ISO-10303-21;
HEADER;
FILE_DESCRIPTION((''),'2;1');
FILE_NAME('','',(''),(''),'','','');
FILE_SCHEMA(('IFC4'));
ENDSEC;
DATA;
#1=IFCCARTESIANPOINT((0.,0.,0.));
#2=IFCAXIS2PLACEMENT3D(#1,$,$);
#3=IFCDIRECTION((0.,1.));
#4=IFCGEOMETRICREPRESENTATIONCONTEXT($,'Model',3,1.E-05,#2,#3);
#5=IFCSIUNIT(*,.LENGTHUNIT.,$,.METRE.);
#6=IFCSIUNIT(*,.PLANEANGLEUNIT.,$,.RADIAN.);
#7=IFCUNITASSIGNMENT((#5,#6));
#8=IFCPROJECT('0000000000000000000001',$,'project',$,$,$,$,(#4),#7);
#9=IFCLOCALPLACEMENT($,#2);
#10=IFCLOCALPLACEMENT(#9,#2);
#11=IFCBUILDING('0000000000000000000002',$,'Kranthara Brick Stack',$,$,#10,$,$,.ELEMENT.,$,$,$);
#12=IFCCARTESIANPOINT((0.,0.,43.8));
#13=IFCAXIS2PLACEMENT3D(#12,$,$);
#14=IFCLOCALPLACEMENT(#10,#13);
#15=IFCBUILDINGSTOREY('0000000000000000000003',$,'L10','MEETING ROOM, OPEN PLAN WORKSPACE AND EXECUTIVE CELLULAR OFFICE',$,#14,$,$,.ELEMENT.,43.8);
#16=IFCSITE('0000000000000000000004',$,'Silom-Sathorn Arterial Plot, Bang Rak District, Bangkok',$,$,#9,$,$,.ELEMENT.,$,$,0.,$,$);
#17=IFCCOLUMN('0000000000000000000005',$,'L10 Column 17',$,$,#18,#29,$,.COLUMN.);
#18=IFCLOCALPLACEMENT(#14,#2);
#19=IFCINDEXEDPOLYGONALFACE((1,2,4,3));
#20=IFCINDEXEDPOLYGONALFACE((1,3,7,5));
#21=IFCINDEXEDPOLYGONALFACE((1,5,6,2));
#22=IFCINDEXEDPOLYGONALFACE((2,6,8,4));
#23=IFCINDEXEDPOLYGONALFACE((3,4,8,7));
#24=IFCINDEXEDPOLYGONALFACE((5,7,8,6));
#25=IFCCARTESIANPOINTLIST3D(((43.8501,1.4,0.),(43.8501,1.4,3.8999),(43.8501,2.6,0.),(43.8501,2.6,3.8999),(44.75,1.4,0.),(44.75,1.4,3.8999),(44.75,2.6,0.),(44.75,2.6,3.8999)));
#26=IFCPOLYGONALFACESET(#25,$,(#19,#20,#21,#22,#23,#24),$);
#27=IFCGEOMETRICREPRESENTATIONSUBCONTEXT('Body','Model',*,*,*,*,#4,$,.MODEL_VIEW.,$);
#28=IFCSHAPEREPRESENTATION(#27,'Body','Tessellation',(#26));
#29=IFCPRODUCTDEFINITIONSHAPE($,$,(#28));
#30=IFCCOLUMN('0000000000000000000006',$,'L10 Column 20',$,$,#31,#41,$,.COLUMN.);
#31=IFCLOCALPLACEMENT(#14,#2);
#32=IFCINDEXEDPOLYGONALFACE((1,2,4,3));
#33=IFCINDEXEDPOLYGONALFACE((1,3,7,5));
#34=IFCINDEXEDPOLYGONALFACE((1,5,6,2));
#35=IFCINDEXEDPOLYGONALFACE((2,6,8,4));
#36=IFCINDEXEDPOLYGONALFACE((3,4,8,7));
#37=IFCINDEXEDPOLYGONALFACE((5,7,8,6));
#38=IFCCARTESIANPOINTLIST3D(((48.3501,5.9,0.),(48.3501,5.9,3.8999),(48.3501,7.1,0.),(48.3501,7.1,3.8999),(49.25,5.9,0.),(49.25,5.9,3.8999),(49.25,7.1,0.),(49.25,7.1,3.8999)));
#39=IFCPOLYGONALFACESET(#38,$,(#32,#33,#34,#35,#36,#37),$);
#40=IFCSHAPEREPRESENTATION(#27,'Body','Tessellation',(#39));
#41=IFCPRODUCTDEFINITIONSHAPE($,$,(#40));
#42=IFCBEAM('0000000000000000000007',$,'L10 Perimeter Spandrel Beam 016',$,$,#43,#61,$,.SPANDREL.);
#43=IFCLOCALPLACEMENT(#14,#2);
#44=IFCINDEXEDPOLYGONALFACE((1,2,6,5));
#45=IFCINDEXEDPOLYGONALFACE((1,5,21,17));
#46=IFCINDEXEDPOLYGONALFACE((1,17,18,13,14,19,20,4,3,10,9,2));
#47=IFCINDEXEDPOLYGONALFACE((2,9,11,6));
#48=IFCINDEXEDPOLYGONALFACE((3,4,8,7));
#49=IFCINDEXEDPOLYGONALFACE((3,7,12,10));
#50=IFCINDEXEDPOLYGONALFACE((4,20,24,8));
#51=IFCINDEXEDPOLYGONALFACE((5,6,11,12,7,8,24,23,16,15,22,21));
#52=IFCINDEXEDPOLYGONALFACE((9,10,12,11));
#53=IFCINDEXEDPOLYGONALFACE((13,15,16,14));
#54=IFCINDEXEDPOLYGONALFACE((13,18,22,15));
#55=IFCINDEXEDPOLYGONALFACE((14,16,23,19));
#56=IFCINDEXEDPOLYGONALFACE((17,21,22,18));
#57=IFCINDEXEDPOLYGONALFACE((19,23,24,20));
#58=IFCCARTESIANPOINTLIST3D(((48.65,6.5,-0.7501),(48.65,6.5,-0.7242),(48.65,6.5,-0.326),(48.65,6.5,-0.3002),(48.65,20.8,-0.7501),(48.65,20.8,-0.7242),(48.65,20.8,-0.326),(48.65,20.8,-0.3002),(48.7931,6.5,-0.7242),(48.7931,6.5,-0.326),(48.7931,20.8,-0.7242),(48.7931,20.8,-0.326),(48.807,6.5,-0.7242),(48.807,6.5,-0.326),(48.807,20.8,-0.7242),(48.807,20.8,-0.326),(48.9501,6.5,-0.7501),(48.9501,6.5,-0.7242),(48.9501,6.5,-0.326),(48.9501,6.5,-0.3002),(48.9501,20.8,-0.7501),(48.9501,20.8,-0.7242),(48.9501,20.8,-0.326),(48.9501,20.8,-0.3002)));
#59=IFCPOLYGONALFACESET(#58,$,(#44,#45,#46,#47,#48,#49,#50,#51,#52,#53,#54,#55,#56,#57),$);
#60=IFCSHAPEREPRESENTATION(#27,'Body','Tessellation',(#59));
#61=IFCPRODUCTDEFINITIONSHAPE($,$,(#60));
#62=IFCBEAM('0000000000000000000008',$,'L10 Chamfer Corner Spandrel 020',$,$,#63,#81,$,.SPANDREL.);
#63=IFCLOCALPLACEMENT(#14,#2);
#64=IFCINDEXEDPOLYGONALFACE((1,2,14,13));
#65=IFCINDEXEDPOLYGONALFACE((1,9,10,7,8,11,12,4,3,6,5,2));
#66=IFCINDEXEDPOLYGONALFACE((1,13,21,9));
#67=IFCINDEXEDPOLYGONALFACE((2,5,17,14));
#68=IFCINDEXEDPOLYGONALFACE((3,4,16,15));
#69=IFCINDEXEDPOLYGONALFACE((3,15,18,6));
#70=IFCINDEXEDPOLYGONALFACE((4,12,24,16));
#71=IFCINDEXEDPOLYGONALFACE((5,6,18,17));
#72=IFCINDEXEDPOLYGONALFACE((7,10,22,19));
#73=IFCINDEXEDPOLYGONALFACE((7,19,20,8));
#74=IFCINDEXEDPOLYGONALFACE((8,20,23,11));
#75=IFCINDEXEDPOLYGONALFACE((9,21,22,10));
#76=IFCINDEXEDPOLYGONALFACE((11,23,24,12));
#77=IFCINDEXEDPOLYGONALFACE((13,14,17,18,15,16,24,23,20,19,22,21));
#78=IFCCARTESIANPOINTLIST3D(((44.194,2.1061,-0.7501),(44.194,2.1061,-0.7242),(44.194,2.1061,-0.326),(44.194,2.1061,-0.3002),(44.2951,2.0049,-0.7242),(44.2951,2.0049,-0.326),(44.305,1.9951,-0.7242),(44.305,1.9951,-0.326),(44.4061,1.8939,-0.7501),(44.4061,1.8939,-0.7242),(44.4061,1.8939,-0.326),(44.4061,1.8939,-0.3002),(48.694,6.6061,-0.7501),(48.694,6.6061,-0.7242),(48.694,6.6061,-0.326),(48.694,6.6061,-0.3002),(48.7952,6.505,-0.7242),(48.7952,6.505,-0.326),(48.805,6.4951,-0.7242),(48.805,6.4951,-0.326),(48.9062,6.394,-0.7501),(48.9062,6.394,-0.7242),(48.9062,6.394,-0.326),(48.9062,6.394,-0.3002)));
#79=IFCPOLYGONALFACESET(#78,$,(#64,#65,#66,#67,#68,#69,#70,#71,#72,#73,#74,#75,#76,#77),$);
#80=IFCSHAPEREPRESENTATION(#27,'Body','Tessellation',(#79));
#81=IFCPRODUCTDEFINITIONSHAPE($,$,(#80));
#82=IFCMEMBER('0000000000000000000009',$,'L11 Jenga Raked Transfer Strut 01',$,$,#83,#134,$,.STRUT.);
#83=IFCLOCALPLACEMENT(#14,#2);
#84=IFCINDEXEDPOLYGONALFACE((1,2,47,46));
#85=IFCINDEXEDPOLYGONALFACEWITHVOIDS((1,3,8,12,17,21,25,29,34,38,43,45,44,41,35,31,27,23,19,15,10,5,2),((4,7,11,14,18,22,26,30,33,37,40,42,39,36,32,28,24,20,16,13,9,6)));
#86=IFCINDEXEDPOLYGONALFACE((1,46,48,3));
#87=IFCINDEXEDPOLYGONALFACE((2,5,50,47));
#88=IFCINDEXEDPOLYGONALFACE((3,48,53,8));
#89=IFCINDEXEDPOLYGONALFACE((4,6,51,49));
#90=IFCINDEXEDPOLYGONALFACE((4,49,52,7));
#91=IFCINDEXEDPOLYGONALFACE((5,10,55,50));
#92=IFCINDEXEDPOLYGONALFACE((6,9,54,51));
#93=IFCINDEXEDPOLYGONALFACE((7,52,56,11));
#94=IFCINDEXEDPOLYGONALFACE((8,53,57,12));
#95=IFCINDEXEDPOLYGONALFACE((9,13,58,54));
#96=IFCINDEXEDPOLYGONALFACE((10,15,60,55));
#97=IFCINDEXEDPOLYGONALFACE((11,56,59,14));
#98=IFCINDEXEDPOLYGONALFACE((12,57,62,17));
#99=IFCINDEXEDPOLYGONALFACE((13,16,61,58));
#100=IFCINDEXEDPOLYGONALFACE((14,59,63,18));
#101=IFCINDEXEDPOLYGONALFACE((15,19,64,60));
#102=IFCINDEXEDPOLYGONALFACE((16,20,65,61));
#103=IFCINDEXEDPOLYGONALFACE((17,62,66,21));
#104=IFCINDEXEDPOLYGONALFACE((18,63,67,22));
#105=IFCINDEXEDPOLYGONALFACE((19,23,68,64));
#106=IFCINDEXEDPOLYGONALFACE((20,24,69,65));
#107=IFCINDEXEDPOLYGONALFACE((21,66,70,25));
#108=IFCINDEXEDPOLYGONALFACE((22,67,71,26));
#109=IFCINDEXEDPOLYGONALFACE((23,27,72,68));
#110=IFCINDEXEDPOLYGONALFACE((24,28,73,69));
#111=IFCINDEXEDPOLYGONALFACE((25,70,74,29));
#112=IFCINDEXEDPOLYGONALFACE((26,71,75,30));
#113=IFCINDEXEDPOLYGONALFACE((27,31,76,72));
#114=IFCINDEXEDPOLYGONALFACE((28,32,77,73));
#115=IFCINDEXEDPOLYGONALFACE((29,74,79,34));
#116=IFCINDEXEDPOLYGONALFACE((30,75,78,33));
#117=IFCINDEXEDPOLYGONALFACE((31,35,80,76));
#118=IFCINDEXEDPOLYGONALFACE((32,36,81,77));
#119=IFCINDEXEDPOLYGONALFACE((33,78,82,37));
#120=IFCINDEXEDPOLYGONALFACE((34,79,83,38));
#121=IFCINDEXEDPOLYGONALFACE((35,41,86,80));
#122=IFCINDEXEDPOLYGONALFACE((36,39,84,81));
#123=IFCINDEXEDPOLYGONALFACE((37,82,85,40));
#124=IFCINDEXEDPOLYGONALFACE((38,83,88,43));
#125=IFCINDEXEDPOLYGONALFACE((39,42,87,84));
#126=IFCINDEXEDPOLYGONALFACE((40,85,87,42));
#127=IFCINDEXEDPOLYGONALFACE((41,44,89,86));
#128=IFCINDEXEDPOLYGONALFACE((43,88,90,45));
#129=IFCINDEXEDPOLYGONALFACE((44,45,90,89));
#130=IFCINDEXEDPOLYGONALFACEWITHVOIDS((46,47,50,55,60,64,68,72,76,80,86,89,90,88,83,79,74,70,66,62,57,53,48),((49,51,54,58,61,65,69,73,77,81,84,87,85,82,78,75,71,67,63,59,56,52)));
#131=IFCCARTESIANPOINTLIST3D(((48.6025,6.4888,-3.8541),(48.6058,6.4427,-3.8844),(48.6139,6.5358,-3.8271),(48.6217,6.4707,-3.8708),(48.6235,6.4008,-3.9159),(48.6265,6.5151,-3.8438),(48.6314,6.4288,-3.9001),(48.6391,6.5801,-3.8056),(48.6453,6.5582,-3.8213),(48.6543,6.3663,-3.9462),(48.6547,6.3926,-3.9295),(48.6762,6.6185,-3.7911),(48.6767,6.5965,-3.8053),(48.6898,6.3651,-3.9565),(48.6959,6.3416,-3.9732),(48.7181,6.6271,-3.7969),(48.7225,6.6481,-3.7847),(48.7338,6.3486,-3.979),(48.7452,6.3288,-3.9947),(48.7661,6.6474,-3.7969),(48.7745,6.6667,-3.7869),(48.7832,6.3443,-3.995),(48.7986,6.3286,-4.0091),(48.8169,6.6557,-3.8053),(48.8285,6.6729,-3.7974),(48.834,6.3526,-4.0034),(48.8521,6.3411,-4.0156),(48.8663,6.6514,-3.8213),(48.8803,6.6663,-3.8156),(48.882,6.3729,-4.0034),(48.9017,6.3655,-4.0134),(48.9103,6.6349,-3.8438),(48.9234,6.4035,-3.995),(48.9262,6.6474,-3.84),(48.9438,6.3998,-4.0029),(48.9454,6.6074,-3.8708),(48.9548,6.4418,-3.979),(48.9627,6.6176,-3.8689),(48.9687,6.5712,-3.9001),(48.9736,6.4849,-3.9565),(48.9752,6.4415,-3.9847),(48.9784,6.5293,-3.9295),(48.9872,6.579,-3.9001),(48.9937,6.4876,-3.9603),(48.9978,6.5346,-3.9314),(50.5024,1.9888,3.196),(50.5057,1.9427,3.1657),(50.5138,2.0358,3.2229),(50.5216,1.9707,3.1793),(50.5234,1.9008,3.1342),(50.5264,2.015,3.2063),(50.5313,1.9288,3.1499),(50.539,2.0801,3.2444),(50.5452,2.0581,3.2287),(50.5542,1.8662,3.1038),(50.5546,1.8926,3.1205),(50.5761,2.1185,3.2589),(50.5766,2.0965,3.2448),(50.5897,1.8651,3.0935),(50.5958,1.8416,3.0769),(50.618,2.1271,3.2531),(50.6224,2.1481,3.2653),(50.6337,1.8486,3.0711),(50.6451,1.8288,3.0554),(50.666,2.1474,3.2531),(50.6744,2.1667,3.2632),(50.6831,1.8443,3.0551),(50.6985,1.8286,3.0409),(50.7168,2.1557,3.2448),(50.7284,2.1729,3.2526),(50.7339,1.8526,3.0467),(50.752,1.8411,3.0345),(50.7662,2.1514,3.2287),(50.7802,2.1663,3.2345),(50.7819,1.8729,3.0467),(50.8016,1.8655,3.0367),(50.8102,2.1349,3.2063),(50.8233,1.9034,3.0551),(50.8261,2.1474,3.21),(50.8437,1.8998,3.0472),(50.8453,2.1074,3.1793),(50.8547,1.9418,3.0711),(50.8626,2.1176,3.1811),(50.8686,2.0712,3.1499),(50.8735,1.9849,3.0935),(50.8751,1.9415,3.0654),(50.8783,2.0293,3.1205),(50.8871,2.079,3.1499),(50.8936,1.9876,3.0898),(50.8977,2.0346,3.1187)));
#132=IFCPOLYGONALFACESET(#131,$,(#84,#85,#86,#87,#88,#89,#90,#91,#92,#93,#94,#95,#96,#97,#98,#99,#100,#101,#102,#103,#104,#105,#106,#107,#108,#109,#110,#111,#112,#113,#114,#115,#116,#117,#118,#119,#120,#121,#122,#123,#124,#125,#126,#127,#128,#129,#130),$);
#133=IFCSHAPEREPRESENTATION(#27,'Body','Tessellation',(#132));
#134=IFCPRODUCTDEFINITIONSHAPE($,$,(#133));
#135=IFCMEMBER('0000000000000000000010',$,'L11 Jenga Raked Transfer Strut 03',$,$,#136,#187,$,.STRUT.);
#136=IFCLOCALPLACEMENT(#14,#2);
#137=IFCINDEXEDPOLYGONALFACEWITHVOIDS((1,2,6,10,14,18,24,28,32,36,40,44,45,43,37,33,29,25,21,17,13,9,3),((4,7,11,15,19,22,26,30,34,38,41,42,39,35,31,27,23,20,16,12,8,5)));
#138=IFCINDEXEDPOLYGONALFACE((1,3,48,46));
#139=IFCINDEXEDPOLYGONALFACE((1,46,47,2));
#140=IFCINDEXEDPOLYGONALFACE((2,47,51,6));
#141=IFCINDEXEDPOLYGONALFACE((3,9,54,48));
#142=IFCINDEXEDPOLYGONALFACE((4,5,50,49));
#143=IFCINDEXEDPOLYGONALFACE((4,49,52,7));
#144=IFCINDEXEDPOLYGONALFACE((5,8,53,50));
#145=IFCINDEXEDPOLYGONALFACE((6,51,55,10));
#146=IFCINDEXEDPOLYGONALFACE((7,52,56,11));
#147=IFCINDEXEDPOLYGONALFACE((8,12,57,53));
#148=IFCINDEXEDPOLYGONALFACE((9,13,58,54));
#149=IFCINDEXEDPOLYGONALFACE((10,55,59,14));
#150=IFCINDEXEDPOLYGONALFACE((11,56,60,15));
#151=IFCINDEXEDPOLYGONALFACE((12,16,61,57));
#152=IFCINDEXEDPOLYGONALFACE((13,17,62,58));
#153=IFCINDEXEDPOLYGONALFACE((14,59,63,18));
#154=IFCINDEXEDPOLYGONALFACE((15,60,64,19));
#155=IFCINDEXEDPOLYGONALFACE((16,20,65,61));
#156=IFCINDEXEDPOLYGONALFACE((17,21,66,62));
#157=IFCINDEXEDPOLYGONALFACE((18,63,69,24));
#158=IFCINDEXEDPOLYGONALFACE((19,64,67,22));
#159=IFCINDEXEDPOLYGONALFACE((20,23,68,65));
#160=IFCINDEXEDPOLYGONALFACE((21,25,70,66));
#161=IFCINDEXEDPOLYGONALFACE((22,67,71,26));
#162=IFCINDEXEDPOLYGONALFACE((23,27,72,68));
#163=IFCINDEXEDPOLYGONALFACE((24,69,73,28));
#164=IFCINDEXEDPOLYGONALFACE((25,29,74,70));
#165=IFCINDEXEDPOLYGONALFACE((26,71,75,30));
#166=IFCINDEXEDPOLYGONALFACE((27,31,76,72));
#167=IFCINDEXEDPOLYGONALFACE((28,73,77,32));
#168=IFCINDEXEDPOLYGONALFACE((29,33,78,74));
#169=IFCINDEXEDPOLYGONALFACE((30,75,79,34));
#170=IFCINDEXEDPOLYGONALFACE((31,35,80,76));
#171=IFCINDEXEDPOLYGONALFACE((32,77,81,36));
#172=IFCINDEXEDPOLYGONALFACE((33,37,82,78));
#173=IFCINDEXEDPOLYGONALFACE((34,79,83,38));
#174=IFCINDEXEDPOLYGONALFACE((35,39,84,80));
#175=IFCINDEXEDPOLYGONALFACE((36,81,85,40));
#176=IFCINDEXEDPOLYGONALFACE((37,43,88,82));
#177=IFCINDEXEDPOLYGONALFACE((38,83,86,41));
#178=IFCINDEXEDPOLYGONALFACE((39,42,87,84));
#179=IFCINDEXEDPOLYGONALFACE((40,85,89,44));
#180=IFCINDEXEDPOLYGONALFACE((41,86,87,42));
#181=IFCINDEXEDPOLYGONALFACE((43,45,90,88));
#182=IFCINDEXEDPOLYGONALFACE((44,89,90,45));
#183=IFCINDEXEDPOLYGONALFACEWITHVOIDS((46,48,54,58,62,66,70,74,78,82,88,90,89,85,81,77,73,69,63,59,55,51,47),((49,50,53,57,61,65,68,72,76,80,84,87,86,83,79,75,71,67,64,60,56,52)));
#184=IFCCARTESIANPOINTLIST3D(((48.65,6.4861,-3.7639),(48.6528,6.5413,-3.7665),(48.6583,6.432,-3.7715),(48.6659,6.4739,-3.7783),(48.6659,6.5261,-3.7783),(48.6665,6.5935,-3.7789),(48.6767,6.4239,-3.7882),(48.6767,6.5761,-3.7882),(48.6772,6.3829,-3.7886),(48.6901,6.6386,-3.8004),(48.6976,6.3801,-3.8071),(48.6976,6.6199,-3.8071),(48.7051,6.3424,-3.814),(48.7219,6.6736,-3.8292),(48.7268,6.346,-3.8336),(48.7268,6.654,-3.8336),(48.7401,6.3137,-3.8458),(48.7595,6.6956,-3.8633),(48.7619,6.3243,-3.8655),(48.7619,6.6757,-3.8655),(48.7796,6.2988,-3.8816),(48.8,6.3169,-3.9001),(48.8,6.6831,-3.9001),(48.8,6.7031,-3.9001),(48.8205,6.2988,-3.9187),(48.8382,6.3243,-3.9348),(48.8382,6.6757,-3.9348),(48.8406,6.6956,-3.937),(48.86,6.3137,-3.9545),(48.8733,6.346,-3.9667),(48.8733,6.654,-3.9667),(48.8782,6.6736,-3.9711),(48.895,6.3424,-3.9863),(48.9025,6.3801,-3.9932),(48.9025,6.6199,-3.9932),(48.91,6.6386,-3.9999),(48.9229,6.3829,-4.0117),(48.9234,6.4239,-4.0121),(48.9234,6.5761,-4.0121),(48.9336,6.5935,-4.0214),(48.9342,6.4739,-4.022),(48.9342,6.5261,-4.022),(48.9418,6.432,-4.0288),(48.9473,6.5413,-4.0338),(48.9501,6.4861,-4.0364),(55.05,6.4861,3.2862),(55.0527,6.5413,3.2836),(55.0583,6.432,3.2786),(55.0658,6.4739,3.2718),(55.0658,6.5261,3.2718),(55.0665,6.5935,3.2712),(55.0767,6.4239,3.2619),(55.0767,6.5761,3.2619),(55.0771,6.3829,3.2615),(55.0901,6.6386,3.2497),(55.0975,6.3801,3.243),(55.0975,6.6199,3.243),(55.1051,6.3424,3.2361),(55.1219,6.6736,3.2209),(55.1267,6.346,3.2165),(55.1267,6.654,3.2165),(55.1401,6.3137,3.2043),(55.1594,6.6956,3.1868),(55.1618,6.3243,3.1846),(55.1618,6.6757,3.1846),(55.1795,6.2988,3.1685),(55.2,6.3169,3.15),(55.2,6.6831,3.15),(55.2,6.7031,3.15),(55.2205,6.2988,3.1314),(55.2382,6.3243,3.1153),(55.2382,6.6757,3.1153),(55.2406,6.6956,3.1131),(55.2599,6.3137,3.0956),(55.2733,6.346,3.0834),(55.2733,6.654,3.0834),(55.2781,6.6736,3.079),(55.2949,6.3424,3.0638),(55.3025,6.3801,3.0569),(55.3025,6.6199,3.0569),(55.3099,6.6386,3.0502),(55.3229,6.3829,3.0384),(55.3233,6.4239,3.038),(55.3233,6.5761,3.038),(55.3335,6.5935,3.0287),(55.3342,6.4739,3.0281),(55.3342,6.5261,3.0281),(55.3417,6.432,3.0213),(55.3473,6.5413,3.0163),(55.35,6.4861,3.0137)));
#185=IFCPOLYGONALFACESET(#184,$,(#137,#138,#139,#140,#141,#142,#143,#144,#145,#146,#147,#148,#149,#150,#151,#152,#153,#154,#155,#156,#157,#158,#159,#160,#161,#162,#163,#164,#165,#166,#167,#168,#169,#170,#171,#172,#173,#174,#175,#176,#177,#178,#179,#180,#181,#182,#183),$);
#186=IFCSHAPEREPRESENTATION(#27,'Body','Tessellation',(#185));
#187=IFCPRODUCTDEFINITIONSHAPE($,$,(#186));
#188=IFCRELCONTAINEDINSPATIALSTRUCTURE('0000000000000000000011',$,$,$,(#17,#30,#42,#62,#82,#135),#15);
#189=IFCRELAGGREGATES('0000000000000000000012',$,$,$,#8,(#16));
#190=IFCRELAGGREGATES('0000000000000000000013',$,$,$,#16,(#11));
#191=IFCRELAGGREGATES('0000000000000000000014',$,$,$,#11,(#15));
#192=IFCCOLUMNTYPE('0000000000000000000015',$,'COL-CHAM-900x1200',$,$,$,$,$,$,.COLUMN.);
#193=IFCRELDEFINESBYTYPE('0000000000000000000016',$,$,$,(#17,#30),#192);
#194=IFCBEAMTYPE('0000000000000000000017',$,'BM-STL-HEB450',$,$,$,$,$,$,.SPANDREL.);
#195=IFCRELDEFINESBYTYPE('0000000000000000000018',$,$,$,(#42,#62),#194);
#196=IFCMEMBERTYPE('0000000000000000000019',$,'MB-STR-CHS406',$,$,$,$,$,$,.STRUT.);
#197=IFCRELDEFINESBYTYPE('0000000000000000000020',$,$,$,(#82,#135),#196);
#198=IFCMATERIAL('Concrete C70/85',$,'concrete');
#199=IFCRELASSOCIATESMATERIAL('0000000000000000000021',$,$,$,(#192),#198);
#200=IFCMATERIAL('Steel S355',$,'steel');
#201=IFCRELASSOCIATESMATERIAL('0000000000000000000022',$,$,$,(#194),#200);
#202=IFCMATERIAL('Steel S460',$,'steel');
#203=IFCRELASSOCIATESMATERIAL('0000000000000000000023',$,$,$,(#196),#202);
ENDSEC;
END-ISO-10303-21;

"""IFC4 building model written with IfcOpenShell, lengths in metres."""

from ifc_helpers import new_model, si_unit, direction, frame, origin, origin_2d, place, context, subcontext, project, spatial, rectangle, hollow_circle, i_section, extrude, material, material_profile, profile_set, type_object, element, save


model = new_model("IFC4")

# Units and contexts
model_context = context("Model", 3, precision=1e-05, world=origin(), true_north=direction((0.0, 1.0)))
body_context = subcontext(model_context, "Body", "Model", "MODEL_VIEW")
ifc_project = project(units=[si_unit("LENGTHUNIT", "METRE"), si_unit("PLANEANGLEUNIT", "RADIAN")], contexts=[model_context])

# Site, building, storey
site_placement = place(None, origin())
site = spatial("IfcSite", under=ifc_project, at=site_placement, Name="Silom-Sathorn Arterial Plot, Bang Rak District, Bangkok", CompositionType="ELEMENT", RefElevation=0.0)
building_placement = place(site_placement, origin())
building = spatial("IfcBuilding", under=site, at=building_placement, Name="Kranthara Brick Stack", CompositionType="ELEMENT")
storey_placement = place(building_placement, frame((0.0, 0.0, 43.8)))
storey = spatial("IfcBuildingStorey", under=building, at=storey_placement, Name="L10", Description="MEETING ROOM, OPEN PLAN WORKSPACE AND EXECUTIVE CELLULAR OFFICE", CompositionType="ELEMENT", Elevation=43.8)

# Columns
ifc_material_1 = material(Name="Concrete C70/85", Category="concrete")
ifc_material_profile_1 = material_profile(ifc_material_1, rectangle(XDim=0.8999, YDim=1.2, at=origin_2d()), Name="RC 900x1200")
ifc_profile_set_1 = profile_set([ifc_material_profile_1], Name="Concrete C70/85")
column_type = type_object("IfcColumnType", Name="COL-CHAM-900x1200", PredefinedType="COLUMN", material=ifc_profile_set_1)
for number, where, z_axis, x_axis, name in (
    (1, (44.3, 2.0, 0.0), (0.0, 0.0, 1.0), (1.0, 0.0, 0.0), "L10 Column 17"),
    (2, (48.8, 6.5, 0.0), (0.0, 0.0, 1.0), (1.0, 0.0, 0.0), "L10 Column 20"),
):
    element("IfcColumn", number, at=place(storey_placement, frame(where, z_axis=z_axis, x_axis=x_axis)), inside=storey, type_object=column_type, Name=name, PredefinedType="COLUMN", context=body_context, shape_type="SweptSolid", body=[
        extrude(rectangle(XDim=0.8999, YDim=1.2, at=origin_2d()), origin(), (0.0, 0.0, 1.0), 3.8999),
    ])

# Beams
ifc_material_2 = material(Name="Steel S355", Category="steel")
ifc_material_profile_2 = material_profile(ifc_material_2, i_section(OverallWidth=0.3, OverallDepth=0.45, WebThickness=0.0139, FlangeThickness=0.0259, at=origin_2d()), Name="HEB 450")
ifc_profile_set_2 = profile_set([ifc_material_profile_2], Name="Steel S355")
beam_type = type_object("IfcBeamType", Name="BM-STL-HEB450", PredefinedType="SPANDREL", material=ifc_profile_set_2)
beam_1_placement = place(storey_placement, frame((48.8, 6.5, -0.5251), z_axis=(0.0, 1.0, 0.0), x_axis=(-1.0, 0.0, 0.0)))
element("IfcBeam", 3, at=beam_1_placement, inside=storey, type_object=beam_type, Name="L10 Perimeter Spandrel Beam 016", PredefinedType="SPANDREL", context=body_context, shape_type="SweptSolid", body=[
    extrude(i_section(OverallWidth=0.3, OverallDepth=0.45, WebThickness=0.0139, FlangeThickness=0.0259, at=origin_2d()), origin(), (0.0, 0.0, 1.0), 14.3),
])
beam_2_placement = place(storey_placement, frame((44.3, 2.0, -0.5251), z_axis=(0.707107, 0.707107, 0.0), x_axis=(-0.707107, 0.707107, 0.0)))
element("IfcBeam", 4, at=beam_2_placement, inside=storey, type_object=beam_type, Name="L10 Chamfer Corner Spandrel 020", PredefinedType="SPANDREL", context=body_context, shape_type="SweptSolid", body=[
    extrude(i_section(OverallWidth=0.3, OverallDepth=0.45, WebThickness=0.0139, FlangeThickness=0.0259, at=origin_2d()), origin(), (0.0, 0.0, 1.0), 6.364),
])

# Members
ifc_material_3 = material(Name="Steel S460", Category="steel")
ifc_material_profile_3 = material_profile(ifc_material_3, hollow_circle(Radius=0.2031, WallThickness=0.02, at=origin_2d()), Name="CHS 406.4x20")
ifc_profile_set_3 = profile_set([ifc_material_profile_3], Name="Steel S460")
member_type = type_object("IfcMemberType", Name="MB-STR-CHS406", PredefinedType="STRUT", material=ifc_profile_set_3)
member_1_placement = place(storey_placement, frame((48.8, 6.5, -3.9001), z_axis=(0.221514, -0.524667, 0.821983), x_axis=(0.921257, 0.388955, 0.0)))
element("IfcMember", 5, at=member_1_placement, inside=storey, type_object=member_type, Name="L11 Jenga Raked Transfer Strut 01", PredefinedType="STRUT", context=body_context, shape_type="SweptSolid", body=[
    extrude(hollow_circle(Radius=0.2031, WallThickness=0.02, at=origin_2d()), origin(), (0.0, 0.0, 1.0), 8.5769),
])
member_2_placement = place(storey_placement, frame((48.8, 6.5, -3.9001), z_axis=(0.672142, 0.0, 0.740423), x_axis=(0.0, 1.0, 0.0)))
element("IfcMember", 6, at=member_2_placement, inside=storey, type_object=member_type, Name="L11 Jenga Raked Transfer Strut 03", PredefinedType="STRUT", context=body_context, shape_type="SweptSolid", body=[
    extrude(hollow_circle(Radius=0.2031, WallThickness=0.02, at=origin_2d()), origin(), (0.0, 0.0, 1.0), 9.5217),
])

save(model, "model.ifc")
